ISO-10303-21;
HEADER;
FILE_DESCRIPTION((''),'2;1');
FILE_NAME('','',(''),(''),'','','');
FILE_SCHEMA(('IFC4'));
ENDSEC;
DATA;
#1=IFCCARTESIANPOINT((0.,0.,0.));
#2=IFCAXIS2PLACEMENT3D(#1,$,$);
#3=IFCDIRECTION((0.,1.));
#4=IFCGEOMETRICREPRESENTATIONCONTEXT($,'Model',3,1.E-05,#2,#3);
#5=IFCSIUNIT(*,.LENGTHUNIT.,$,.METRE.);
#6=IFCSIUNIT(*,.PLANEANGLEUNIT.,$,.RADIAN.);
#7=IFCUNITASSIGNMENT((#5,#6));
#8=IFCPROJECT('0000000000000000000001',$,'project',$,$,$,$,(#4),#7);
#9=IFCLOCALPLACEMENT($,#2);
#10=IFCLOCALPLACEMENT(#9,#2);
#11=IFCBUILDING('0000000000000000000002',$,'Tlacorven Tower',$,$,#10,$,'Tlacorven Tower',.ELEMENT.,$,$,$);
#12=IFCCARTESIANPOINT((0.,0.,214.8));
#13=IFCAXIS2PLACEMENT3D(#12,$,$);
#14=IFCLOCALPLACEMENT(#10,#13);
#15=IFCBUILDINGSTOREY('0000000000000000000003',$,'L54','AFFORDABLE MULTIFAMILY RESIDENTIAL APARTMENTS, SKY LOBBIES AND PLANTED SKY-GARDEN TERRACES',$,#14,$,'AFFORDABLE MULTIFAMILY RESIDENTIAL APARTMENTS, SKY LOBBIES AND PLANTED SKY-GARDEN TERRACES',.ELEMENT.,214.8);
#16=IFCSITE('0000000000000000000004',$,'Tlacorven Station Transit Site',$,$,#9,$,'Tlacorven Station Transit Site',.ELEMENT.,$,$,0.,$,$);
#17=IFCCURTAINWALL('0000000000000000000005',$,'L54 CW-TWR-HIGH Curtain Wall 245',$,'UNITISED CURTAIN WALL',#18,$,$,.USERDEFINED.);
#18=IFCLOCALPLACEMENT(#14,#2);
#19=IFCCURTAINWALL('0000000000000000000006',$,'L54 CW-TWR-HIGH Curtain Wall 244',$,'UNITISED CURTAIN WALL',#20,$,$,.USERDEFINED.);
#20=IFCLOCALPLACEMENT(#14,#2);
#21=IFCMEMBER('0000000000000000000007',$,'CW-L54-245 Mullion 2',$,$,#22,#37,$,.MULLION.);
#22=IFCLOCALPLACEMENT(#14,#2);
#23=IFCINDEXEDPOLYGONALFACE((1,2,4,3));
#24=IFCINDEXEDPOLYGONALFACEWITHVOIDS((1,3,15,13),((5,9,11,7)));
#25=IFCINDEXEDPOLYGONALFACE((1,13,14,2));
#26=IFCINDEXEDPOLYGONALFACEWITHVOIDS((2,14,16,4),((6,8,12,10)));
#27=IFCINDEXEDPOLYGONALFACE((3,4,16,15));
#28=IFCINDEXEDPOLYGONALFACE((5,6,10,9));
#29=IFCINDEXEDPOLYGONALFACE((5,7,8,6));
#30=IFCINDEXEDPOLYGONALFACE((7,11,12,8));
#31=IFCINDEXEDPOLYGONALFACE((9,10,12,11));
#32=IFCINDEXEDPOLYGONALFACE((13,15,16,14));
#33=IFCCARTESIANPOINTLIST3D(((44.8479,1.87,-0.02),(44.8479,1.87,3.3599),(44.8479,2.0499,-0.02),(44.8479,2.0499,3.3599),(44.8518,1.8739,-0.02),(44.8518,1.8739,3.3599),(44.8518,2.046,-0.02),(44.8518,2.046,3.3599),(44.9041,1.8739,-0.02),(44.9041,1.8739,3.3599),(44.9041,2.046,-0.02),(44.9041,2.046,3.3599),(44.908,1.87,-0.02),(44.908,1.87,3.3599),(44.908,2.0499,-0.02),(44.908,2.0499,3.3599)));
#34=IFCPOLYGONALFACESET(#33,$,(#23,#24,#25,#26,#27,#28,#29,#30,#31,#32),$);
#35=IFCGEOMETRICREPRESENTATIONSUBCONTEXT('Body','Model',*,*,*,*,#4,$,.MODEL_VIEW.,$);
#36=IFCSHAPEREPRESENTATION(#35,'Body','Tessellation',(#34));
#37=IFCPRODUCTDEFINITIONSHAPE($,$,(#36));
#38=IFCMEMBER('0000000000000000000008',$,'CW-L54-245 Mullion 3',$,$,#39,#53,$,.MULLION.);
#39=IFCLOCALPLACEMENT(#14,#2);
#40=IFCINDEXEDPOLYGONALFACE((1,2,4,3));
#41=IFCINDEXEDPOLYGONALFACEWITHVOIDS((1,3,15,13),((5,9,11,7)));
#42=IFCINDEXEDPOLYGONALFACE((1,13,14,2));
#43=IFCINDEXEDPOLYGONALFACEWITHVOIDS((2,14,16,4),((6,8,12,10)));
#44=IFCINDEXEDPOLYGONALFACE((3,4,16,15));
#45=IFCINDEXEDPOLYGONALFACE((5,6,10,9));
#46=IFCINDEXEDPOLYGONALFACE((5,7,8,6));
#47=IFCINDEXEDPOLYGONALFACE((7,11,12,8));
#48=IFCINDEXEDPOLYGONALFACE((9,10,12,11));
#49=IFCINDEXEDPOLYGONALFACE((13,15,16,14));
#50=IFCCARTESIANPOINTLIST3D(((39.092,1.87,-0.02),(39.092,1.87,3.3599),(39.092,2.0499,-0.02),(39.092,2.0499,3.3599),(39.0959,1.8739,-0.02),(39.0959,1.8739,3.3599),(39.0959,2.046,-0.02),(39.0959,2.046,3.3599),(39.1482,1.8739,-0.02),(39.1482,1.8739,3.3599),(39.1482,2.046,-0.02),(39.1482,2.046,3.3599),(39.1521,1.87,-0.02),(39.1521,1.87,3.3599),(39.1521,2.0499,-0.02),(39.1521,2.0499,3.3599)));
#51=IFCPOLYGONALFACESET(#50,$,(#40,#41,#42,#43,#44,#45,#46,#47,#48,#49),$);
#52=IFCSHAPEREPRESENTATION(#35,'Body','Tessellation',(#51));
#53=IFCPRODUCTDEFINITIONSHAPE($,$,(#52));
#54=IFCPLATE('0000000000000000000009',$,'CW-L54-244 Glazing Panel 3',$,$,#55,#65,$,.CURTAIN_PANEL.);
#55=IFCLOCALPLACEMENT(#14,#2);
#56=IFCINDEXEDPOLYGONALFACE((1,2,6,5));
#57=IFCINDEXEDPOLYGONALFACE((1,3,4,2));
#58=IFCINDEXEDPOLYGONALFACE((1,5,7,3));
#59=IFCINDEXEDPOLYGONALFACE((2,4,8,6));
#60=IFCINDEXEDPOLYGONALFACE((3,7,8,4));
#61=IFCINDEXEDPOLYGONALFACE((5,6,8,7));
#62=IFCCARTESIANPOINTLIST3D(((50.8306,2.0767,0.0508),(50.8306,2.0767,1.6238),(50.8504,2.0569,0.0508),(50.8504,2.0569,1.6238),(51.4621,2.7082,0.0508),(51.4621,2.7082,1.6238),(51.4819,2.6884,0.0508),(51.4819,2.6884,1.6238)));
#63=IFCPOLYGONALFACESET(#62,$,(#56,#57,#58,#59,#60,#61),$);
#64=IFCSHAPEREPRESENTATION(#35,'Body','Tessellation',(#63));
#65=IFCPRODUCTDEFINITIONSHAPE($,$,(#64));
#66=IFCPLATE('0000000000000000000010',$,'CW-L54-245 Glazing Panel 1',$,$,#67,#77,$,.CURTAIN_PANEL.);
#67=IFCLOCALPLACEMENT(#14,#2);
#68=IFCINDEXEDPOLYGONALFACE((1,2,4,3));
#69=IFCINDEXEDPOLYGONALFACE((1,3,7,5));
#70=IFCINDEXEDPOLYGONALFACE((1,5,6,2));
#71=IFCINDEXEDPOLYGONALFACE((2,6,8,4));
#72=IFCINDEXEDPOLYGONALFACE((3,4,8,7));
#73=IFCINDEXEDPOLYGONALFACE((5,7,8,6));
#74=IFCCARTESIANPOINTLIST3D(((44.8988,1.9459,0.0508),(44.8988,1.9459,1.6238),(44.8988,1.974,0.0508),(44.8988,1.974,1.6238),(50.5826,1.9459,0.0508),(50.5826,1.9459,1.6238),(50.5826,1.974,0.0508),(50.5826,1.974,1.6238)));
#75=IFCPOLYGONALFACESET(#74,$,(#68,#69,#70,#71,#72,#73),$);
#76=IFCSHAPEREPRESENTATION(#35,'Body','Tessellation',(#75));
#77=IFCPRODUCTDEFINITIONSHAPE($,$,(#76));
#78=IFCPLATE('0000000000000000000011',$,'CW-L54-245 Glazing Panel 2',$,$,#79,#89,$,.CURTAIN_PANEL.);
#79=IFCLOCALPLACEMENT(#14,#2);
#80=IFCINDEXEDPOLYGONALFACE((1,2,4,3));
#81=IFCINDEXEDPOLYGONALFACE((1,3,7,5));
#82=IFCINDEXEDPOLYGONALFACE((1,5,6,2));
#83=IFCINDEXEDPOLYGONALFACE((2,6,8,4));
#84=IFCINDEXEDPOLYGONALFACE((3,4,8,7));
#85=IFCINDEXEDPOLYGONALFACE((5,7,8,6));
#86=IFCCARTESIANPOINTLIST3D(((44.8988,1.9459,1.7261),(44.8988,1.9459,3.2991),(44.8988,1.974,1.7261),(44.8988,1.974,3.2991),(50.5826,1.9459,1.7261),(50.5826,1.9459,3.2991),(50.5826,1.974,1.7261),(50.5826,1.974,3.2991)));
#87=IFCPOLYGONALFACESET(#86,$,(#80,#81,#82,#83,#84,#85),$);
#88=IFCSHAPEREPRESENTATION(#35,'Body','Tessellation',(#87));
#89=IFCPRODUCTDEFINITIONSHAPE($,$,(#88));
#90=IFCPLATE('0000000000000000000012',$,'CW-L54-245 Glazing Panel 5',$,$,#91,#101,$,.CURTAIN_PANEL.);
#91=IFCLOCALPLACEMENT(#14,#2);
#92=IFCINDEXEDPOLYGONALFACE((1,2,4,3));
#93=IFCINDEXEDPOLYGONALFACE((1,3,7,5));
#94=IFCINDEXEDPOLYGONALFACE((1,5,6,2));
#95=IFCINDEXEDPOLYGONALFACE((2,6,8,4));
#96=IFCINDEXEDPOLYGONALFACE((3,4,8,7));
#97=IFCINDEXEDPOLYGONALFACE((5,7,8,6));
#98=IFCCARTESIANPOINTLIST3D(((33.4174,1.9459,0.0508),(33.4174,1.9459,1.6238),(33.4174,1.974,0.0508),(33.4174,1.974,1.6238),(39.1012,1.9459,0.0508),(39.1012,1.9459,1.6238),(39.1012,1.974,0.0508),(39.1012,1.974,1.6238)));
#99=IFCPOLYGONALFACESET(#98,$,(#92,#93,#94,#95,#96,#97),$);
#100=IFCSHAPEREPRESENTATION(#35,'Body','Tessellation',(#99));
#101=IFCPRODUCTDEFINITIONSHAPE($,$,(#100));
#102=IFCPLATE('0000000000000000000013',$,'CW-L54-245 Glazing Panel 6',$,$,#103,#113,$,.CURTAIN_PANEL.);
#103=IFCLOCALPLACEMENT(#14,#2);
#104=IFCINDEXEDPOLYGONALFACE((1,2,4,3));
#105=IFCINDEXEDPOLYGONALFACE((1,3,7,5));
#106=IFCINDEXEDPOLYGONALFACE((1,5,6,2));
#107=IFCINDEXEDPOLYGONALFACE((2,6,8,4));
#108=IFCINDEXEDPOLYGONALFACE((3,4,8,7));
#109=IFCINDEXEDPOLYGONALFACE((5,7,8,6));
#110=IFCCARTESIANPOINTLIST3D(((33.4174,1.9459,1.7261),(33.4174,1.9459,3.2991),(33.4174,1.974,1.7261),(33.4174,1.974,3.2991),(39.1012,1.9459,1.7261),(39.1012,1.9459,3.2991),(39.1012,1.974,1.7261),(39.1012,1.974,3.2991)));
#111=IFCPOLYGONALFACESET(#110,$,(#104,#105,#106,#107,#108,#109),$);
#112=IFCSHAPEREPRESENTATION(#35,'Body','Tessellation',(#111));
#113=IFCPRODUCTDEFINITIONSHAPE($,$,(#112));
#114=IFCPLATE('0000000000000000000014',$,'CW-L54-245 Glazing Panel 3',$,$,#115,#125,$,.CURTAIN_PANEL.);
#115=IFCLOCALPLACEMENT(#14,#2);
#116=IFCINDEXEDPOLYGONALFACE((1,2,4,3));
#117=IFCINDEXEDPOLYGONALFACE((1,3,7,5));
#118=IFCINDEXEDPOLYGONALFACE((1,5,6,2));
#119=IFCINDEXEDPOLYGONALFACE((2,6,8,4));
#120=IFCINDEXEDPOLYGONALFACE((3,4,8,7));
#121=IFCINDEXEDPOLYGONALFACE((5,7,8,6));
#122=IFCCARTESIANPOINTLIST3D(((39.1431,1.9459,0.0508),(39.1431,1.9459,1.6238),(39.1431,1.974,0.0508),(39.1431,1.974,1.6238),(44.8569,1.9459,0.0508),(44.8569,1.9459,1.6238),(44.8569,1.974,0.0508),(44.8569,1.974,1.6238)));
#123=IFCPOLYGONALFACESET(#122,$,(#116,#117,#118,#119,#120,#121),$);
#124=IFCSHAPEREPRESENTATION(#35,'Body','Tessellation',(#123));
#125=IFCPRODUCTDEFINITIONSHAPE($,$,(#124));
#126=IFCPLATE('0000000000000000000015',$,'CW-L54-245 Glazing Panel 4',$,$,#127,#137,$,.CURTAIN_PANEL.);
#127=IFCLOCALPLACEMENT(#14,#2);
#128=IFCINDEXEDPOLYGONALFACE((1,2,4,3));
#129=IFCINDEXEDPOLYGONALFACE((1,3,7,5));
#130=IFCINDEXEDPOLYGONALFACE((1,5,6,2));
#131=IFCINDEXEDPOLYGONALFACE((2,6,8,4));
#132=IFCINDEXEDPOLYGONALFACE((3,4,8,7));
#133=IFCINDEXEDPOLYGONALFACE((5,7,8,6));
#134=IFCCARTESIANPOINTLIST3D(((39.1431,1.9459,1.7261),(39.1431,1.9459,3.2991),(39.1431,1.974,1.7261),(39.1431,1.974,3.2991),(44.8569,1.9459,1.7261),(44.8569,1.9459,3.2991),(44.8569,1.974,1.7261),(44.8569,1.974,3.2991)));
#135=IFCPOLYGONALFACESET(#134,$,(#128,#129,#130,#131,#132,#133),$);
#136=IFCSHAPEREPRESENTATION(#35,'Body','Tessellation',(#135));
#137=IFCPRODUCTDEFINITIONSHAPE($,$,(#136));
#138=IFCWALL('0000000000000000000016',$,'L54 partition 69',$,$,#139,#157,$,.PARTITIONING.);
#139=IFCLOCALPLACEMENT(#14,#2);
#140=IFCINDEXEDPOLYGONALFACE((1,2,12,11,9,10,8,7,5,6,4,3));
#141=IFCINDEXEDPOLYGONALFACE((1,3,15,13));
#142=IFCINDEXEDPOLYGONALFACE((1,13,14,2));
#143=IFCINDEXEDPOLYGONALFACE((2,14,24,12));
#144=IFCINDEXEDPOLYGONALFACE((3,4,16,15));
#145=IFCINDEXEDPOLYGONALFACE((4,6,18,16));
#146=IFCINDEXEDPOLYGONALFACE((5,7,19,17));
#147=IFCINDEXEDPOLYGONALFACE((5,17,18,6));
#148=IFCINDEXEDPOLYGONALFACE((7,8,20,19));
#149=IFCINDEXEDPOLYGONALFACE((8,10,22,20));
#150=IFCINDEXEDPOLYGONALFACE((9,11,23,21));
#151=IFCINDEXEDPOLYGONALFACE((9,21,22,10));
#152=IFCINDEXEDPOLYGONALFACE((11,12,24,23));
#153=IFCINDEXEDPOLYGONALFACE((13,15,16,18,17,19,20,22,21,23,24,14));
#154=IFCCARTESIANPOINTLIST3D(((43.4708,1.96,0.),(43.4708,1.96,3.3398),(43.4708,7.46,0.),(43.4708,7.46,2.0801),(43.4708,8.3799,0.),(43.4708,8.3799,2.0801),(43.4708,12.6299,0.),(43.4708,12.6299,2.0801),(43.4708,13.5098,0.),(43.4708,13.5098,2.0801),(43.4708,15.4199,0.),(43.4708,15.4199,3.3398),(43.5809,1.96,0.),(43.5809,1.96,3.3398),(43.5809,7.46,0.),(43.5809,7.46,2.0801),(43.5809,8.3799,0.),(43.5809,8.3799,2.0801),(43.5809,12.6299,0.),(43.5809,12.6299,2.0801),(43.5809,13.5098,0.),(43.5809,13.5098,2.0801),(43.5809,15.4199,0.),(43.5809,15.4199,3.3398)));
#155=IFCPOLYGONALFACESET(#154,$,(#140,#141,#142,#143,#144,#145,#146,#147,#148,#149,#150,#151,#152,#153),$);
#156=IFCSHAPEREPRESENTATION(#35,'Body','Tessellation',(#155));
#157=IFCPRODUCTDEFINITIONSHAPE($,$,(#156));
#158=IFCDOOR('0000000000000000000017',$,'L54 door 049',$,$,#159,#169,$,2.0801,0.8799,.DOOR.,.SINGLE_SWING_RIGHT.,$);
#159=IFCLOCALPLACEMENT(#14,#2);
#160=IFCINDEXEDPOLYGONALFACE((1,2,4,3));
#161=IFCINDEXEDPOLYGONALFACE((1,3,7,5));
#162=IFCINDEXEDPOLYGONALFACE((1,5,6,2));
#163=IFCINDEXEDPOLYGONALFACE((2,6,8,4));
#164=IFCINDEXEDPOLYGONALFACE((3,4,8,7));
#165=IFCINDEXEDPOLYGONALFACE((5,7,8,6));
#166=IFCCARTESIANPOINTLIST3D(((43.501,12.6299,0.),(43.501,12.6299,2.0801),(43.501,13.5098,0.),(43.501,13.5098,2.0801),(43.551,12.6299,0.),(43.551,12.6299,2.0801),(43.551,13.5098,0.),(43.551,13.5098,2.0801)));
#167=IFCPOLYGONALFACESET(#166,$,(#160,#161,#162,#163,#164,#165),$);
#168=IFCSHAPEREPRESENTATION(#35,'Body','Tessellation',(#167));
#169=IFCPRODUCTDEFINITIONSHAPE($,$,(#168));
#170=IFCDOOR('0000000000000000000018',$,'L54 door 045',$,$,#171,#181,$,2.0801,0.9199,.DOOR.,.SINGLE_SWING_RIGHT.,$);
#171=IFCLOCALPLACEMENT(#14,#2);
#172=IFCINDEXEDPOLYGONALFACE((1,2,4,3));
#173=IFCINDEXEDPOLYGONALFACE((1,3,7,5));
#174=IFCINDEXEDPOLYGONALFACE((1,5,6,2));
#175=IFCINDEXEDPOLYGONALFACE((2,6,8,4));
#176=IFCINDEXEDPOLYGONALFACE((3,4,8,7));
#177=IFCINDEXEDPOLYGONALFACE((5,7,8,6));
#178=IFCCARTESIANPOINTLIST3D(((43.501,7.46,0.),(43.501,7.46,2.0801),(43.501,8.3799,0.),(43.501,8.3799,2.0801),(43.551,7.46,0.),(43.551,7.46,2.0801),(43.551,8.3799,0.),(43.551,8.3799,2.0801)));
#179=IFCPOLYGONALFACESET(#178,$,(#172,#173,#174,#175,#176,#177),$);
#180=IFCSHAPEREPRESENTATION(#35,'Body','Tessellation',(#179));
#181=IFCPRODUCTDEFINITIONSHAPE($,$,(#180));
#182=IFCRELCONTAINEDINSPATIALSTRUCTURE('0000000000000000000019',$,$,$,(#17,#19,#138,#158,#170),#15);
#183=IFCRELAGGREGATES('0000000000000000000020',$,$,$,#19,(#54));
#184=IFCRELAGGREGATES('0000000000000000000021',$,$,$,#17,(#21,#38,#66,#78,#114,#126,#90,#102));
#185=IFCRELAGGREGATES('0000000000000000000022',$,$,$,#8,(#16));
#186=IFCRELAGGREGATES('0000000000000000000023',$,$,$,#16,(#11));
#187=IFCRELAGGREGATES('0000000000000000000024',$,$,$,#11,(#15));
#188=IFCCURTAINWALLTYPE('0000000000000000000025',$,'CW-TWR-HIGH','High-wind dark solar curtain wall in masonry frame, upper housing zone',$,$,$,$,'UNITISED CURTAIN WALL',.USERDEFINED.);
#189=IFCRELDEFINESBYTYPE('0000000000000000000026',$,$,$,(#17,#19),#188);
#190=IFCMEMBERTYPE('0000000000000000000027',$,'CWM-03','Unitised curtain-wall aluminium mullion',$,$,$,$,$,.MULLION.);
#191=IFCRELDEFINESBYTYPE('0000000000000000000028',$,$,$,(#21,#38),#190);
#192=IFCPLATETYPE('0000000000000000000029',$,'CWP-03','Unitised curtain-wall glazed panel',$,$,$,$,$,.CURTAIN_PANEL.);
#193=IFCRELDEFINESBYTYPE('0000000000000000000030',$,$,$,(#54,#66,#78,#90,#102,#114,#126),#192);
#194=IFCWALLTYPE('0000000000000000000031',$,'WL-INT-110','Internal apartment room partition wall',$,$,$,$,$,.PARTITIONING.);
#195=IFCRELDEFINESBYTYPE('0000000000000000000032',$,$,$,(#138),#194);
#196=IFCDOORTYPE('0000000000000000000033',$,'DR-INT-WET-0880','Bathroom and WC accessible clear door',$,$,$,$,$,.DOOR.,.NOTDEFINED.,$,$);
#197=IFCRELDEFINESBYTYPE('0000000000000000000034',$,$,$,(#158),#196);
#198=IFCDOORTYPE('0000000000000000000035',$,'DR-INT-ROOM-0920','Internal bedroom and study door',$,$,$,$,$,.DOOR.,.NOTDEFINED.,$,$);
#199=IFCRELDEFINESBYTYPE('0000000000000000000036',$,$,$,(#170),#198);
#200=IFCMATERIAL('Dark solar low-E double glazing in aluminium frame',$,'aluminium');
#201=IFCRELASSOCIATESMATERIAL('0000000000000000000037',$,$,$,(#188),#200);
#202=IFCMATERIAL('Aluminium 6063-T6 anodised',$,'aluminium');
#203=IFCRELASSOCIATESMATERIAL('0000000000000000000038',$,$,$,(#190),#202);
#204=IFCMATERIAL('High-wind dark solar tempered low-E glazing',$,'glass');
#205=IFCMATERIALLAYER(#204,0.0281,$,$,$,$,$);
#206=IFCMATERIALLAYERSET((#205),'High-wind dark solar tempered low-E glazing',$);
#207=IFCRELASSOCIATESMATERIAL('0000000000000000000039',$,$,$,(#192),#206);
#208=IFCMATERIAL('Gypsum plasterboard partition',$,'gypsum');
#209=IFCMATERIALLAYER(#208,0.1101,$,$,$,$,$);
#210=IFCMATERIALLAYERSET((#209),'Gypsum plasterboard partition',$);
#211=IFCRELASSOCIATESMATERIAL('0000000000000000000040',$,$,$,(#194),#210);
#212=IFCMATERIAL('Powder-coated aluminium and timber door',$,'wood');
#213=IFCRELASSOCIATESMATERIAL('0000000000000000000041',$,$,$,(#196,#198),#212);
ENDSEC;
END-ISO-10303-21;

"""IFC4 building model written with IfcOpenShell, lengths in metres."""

from ifc_helpers import new_model, si_unit, direction, frame, frame_2d, origin, origin_2d, place, context, subcontext, project, spatial, rectangle, hollow_rectangle, extrude, source, transform, mapped, material, layer, layer_set, material_profile, profile_set, type_object, element, fill, aggregate, save


model = new_model("IFC4")

# Units and contexts
model_context = context("Model", 3, precision=1e-05, world=origin(), true_north=direction((0.0, 1.0)))
body_context = subcontext(model_context, "Body", "Model", "MODEL_VIEW")
ifc_project = project(units=[si_unit("LENGTHUNIT", "METRE"), si_unit("PLANEANGLEUNIT", "RADIAN")], contexts=[model_context])

# Site, building, storey
site_placement = place(None, origin())
site = spatial("IfcSite", under=ifc_project, at=site_placement, Name="Tlacorven Station Transit Site", LongName="Tlacorven Station Transit Site", CompositionType="ELEMENT", RefElevation=0.0)
building_placement = place(site_placement, origin())
building = spatial("IfcBuilding", under=site, at=building_placement, Name="Tlacorven Tower", LongName="Tlacorven Tower", CompositionType="ELEMENT")
storey_placement = place(building_placement, frame((0.0, 0.0, 214.8)))
storey = spatial("IfcBuildingStorey", under=building, at=storey_placement, Name="L54", Description="AFFORDABLE MULTIFAMILY RESIDENTIAL APARTMENTS, SKY LOBBIES AND PLANTED SKY-GARDEN TERRACES", LongName="AFFORDABLE MULTIFAMILY RESIDENTIAL APARTMENTS, SKY LOBBIES AND PLANTED SKY-GARDEN TERRACES", CompositionType="ELEMENT", Elevation=214.8)

# Curtain wall
ifc_material_1 = material(Name="Dark solar low-E double glazing in aluminium frame", Category="aluminium")
curtain_wall_type = type_object("IfcCurtainWallType", Name="CW-TWR-HIGH", Description="High-wind dark solar curtain wall in masonry frame, upper housing zone", ElementType="UNITISED CURTAIN WALL", PredefinedType="USERDEFINED", material=ifc_material_1)
curtain_wall_1_placement = place(storey_placement, origin())
curtain_wall_1 = element("IfcCurtainWall", 1, at=curtain_wall_1_placement, inside=storey, type_object=curtain_wall_type, Name="L54 CW-TWR-HIGH Curtain Wall 245", ObjectType="UNITISED CURTAIN WALL", PredefinedType="USERDEFINED")
ifc_material_2 = material(Name="Aluminium 6063-T6 anodised", Category="aluminium")

# Curtain wall
curtain_wall_2_placement = place(storey_placement, origin())
curtain_wall_2 = element("IfcCurtainWall", 2, at=curtain_wall_2_placement, inside=storey, type_object=curtain_wall_type, Name="L54 CW-TWR-HIGH Curtain Wall 244", ObjectType="UNITISED CURTAIN WALL", PredefinedType="USERDEFINED")
ifc_material_profile_1 = material_profile(ifc_material_2, hollow_rectangle(XDim=0.0601, YDim=0.1799, WallThickness=0.0039, at=origin_2d()), Name="ALU MULLION 60X180")
ifc_profile_set_1 = profile_set([ifc_material_profile_1], Name="Aluminium 6063-T6 anodised")
member_type_1 = type_object("IfcMemberType", Name="CWM-03", Description="Unitised curtain-wall aluminium mullion", PredefinedType="MULLION", material=ifc_profile_set_1)
shared_shape_1 = source(origin(), body_context, "Body", "SweptSolid", [
    extrude(hollow_rectangle(XDim=0.0601, YDim=0.1799, WallThickness=0.0039, at=origin_2d()), origin(), (0.0, 0.0, 1.0), 3.3799),
])

# Members
member_1_placement = place(storey_placement, frame((44.8779, 1.96, -0.02), z_axis=(0.0, 0.0, 1.0), x_axis=(-1.0, 0.0, 0.0)))
member_1 = element("IfcMember", 3, at=member_1_placement, type_object=member_type_1, Name="CW-L54-245 Mullion 2", PredefinedType="MULLION", context=body_context, shape_type="MappedRepresentation", body=[
    mapped(shared_shape_1, transform((0.0, 0.0, 0.0), scale=1.0)),
])
member_2_placement = place(storey_placement, frame((39.1221, 1.96, -0.02), z_axis=(0.0, 0.0, 1.0), x_axis=(-1.0, 0.0, 0.0)))
member_2 = element("IfcMember", 4, at=member_2_placement, type_object=member_type_1, Name="CW-L54-245 Mullion 3", PredefinedType="MULLION", context=body_context, shape_type="MappedRepresentation", body=[
    mapped(shared_shape_1, transform((0.0, 0.0, 0.0), scale=1.0)),
])

# Plates
ifc_material_3 = material(Name="High-wind dark solar tempered low-E glazing", Category="glass")
ifc_layer_1 = layer(ifc_material_3, 0.0281)
ifc_layer_set_1 = layer_set([ifc_layer_1], Name="High-wind dark solar tempered low-E glazing")
plate_type = type_object("IfcPlateType", Name="CWP-03", Description="Unitised curtain-wall glazed panel", PredefinedType="CURTAIN_PANEL", material=ifc_layer_set_1)
shared_shape_2 = source(origin(), body_context, "Body", "SweptSolid", [
    extrude(rectangle(XDim=0.8931, YDim=0.0281, at=origin_2d()), origin(), (0.0, 0.0, 1.0), 1.573),
])
plate_1_placement = place(storey_placement, frame((51.1562, 2.3826, 0.0508), z_axis=(0.0, 0.0, 1.0), x_axis=(-0.707107, -0.707107, 0.0)))
plate_1 = element("IfcPlate", 5, at=plate_1_placement, type_object=plate_type, Name="CW-L54-244 Glazing Panel 3", PredefinedType="CURTAIN_PANEL", context=body_context, shape_type="MappedRepresentation", body=[
    mapped(shared_shape_2, transform((0.0, 0.0, 0.0), scale=1.0)),
])
aggregate(curtain_wall_2, [plate_1])
shared_shape_3 = source(origin(), body_context, "Body", "SweptSolid", [
    extrude(rectangle(XDim=5.6838, YDim=0.0281, at=origin_2d()), origin(), (0.0, 0.0, 1.0), 1.573),
])
plate_2_placement = place(storey_placement, frame((47.7407, 1.96, 0.0508), z_axis=(0.0, 0.0, 1.0), x_axis=(-1.0, 0.0, 0.0)))
plate_2 = element("IfcPlate", 6, at=plate_2_placement, type_object=plate_type, Name="CW-L54-245 Glazing Panel 1", PredefinedType="CURTAIN_PANEL", context=body_context, shape_type="MappedRepresentation", body=[
    mapped(shared_shape_3, transform((0.0, 0.0, 0.0), scale=1.0)),
])
plate_3_placement = place(storey_placement, frame((47.7407, 1.96, 1.7261), z_axis=(0.0, 0.0, 1.0), x_axis=(-1.0, 0.0, 0.0)))
plate_3 = element("IfcPlate", 7, at=plate_3_placement, type_object=plate_type, Name="CW-L54-245 Glazing Panel 2", PredefinedType="CURTAIN_PANEL", context=body_context, shape_type="MappedRepresentation", body=[
    mapped(shared_shape_3, transform((0.0, 0.0, 0.0), scale=1.0)),
])
plate_4_placement = place(storey_placement, frame((36.2593, 1.96, 0.0508), z_axis=(0.0, 0.0, 1.0), x_axis=(-1.0, 0.0, 0.0)))
plate_4 = element("IfcPlate", 8, at=plate_4_placement, type_object=plate_type, Name="CW-L54-245 Glazing Panel 5", PredefinedType="CURTAIN_PANEL", context=body_context, shape_type="MappedRepresentation", body=[
    mapped(shared_shape_3, transform((0.0, 0.0, 0.0), scale=1.0)),
])
plate_5_placement = place(storey_placement, frame((36.2593, 1.96, 1.7261), z_axis=(0.0, 0.0, 1.0), x_axis=(-1.0, 0.0, 0.0)))
plate_5 = element("IfcPlate", 9, at=plate_5_placement, type_object=plate_type, Name="CW-L54-245 Glazing Panel 6", PredefinedType="CURTAIN_PANEL", context=body_context, shape_type="MappedRepresentation", body=[
    mapped(shared_shape_3, transform((0.0, 0.0, 0.0), scale=1.0)),
])
shared_shape_4 = source(origin(), body_context, "Body", "SweptSolid", [
    extrude(rectangle(XDim=5.7139, YDim=0.0281, at=origin_2d()), origin(), (0.0, 0.0, 1.0), 1.573),
])
plate_6_placement = place(storey_placement, frame((42.0, 1.96, 0.0508), z_axis=(0.0, 0.0, 1.0), x_axis=(-1.0, 0.0, 0.0)))
plate_6 = element("IfcPlate", 10, at=plate_6_placement, type_object=plate_type, Name="CW-L54-245 Glazing Panel 3", PredefinedType="CURTAIN_PANEL", context=body_context, shape_type="MappedRepresentation", body=[
    mapped(shared_shape_4, transform((0.0, 0.0, 0.0), scale=1.0)),
])
plate_7_placement = place(storey_placement, frame((42.0, 1.96, 1.7261), z_axis=(0.0, 0.0, 1.0), x_axis=(-1.0, 0.0, 0.0)))
plate_7 = element("IfcPlate", 11, at=plate_7_placement, type_object=plate_type, Name="CW-L54-245 Glazing Panel 4", PredefinedType="CURTAIN_PANEL", context=body_context, shape_type="MappedRepresentation", body=[
    mapped(shared_shape_4, transform((0.0, 0.0, 0.0), scale=1.0)),
])
aggregate(curtain_wall_1, [member_1, member_2, plate_2, plate_3, plate_6, plate_7, plate_4, plate_5])

# Wall, openings, doors
ifc_material_4 = material(Name="Gypsum plasterboard partition", Category="gypsum")
ifc_layer_2 = layer(ifc_material_4, 0.1101)
ifc_layer_set_2 = layer_set([ifc_layer_2], Name="Gypsum plasterboard partition")
wall_type = type_object("IfcWallType", Name="WL-INT-110", Description="Internal apartment room partition wall", PredefinedType="PARTITIONING", material=ifc_layer_set_2)
wall_placement = place(storey_placement, frame((43.5259, 1.96, 0.0), z_axis=(0.0, 0.0, 1.0), x_axis=(0.0, 1.0, 0.0)))
wall = element("IfcWall", 12, at=wall_placement, inside=storey, type_object=wall_type, Name="L54 partition 69", PredefinedType="PARTITIONING", context=body_context, shape_type="SweptSolid", body=[
    extrude(rectangle(XDim=13.46, YDim=0.1101, at=frame_2d((6.73, 0.0))), origin(), (0.0, 0.0, 1.0), 3.3398),
])
opening_1_placement = place(wall_placement, frame((5.5, 0.0, 0.0)))
opening_1 = element("IfcOpeningElement", 13, at=opening_1_placement, cuts=wall, PredefinedType="OPENING", context=body_context, shape_type="SweptSolid", body=[
    extrude(rectangle(XDim=0.9199, YDim=2.0801, at=frame_2d((0.46, 1.04))), frame((0.0, 0.0649, 0.0), z_axis=(0.0, -1.0, 0.0), x_axis=(1.0, 0.0, 0.0)), (0.0, 0.0, 1.0), 0.1301),
])
opening_2_placement = place(wall_placement, frame((10.6699, 0.0, 0.0)))
opening_2 = element("IfcOpeningElement", 14, at=opening_2_placement, cuts=wall, PredefinedType="OPENING", context=body_context, shape_type="SweptSolid", body=[
    extrude(rectangle(XDim=0.8799, YDim=2.0801, at=frame_2d((0.4399, 1.04))), frame((0.0, 0.0649, 0.0), z_axis=(0.0, -1.0, 0.0), x_axis=(1.0, 0.0, 0.0)), (0.0, 0.0, 1.0), 0.1301),
])
ifc_material_5 = material(Name="Powder-coated aluminium and timber door", Category="wood")
door_type_1 = type_object("IfcDoorType", Name="DR-INT-WET-0880", Description="Bathroom and WC accessible clear door", OperationType="NOTDEFINED", PredefinedType="DOOR", material=ifc_material_5)
shared_shape_5 = source(origin(), body_context, "Body", "SweptSolid", [
    extrude(rectangle(XDim=0.8799, YDim=2.0801, at=frame_2d((0.4399, 1.04))), frame((0.0, 0.0249, 0.0), z_axis=(0.0, -1.0, 0.0), x_axis=(1.0, 0.0, 0.0)), (0.0, 0.0, 1.0), 0.05),
])
door_1_placement = place(opening_2_placement, origin())
door_1 = element("IfcDoor", 15, at=door_1_placement, inside=storey, type_object=door_type_1, Name="L54 door 049", OperationType="SINGLE_SWING_RIGHT", OverallHeight=2.0801, OverallWidth=0.8799, PredefinedType="DOOR", context=body_context, shape_type="MappedRepresentation", body=[
    mapped(shared_shape_5, transform((0.0, 0.0, 0.0), scale=1.0)),
])
fill(opening_2, door_1)
door_type_2 = type_object("IfcDoorType", Name="DR-INT-ROOM-0920", Description="Internal bedroom and study door", OperationType="NOTDEFINED", PredefinedType="DOOR", material=ifc_material_5)
shared_shape_6 = source(origin(), body_context, "Body", "SweptSolid", [
    extrude(rectangle(XDim=0.9199, YDim=2.0801, at=frame_2d((0.46, 1.04))), frame((0.0, 0.0249, 0.0), z_axis=(0.0, -1.0, 0.0), x_axis=(1.0, 0.0, 0.0)), (0.0, 0.0, 1.0), 0.05),
])
door_2_placement = place(opening_1_placement, origin())
door_2 = element("IfcDoor", 16, at=door_2_placement, inside=storey, type_object=door_type_2, Name="L54 door 045", OperationType="SINGLE_SWING_RIGHT", OverallHeight=2.0801, OverallWidth=0.9199, PredefinedType="DOOR", context=body_context, shape_type="MappedRepresentation", body=[
    mapped(shared_shape_6, transform((0.0, 0.0, 0.0), scale=1.0)),
])
fill(opening_1, door_2)

save(model, "model.ifc")
